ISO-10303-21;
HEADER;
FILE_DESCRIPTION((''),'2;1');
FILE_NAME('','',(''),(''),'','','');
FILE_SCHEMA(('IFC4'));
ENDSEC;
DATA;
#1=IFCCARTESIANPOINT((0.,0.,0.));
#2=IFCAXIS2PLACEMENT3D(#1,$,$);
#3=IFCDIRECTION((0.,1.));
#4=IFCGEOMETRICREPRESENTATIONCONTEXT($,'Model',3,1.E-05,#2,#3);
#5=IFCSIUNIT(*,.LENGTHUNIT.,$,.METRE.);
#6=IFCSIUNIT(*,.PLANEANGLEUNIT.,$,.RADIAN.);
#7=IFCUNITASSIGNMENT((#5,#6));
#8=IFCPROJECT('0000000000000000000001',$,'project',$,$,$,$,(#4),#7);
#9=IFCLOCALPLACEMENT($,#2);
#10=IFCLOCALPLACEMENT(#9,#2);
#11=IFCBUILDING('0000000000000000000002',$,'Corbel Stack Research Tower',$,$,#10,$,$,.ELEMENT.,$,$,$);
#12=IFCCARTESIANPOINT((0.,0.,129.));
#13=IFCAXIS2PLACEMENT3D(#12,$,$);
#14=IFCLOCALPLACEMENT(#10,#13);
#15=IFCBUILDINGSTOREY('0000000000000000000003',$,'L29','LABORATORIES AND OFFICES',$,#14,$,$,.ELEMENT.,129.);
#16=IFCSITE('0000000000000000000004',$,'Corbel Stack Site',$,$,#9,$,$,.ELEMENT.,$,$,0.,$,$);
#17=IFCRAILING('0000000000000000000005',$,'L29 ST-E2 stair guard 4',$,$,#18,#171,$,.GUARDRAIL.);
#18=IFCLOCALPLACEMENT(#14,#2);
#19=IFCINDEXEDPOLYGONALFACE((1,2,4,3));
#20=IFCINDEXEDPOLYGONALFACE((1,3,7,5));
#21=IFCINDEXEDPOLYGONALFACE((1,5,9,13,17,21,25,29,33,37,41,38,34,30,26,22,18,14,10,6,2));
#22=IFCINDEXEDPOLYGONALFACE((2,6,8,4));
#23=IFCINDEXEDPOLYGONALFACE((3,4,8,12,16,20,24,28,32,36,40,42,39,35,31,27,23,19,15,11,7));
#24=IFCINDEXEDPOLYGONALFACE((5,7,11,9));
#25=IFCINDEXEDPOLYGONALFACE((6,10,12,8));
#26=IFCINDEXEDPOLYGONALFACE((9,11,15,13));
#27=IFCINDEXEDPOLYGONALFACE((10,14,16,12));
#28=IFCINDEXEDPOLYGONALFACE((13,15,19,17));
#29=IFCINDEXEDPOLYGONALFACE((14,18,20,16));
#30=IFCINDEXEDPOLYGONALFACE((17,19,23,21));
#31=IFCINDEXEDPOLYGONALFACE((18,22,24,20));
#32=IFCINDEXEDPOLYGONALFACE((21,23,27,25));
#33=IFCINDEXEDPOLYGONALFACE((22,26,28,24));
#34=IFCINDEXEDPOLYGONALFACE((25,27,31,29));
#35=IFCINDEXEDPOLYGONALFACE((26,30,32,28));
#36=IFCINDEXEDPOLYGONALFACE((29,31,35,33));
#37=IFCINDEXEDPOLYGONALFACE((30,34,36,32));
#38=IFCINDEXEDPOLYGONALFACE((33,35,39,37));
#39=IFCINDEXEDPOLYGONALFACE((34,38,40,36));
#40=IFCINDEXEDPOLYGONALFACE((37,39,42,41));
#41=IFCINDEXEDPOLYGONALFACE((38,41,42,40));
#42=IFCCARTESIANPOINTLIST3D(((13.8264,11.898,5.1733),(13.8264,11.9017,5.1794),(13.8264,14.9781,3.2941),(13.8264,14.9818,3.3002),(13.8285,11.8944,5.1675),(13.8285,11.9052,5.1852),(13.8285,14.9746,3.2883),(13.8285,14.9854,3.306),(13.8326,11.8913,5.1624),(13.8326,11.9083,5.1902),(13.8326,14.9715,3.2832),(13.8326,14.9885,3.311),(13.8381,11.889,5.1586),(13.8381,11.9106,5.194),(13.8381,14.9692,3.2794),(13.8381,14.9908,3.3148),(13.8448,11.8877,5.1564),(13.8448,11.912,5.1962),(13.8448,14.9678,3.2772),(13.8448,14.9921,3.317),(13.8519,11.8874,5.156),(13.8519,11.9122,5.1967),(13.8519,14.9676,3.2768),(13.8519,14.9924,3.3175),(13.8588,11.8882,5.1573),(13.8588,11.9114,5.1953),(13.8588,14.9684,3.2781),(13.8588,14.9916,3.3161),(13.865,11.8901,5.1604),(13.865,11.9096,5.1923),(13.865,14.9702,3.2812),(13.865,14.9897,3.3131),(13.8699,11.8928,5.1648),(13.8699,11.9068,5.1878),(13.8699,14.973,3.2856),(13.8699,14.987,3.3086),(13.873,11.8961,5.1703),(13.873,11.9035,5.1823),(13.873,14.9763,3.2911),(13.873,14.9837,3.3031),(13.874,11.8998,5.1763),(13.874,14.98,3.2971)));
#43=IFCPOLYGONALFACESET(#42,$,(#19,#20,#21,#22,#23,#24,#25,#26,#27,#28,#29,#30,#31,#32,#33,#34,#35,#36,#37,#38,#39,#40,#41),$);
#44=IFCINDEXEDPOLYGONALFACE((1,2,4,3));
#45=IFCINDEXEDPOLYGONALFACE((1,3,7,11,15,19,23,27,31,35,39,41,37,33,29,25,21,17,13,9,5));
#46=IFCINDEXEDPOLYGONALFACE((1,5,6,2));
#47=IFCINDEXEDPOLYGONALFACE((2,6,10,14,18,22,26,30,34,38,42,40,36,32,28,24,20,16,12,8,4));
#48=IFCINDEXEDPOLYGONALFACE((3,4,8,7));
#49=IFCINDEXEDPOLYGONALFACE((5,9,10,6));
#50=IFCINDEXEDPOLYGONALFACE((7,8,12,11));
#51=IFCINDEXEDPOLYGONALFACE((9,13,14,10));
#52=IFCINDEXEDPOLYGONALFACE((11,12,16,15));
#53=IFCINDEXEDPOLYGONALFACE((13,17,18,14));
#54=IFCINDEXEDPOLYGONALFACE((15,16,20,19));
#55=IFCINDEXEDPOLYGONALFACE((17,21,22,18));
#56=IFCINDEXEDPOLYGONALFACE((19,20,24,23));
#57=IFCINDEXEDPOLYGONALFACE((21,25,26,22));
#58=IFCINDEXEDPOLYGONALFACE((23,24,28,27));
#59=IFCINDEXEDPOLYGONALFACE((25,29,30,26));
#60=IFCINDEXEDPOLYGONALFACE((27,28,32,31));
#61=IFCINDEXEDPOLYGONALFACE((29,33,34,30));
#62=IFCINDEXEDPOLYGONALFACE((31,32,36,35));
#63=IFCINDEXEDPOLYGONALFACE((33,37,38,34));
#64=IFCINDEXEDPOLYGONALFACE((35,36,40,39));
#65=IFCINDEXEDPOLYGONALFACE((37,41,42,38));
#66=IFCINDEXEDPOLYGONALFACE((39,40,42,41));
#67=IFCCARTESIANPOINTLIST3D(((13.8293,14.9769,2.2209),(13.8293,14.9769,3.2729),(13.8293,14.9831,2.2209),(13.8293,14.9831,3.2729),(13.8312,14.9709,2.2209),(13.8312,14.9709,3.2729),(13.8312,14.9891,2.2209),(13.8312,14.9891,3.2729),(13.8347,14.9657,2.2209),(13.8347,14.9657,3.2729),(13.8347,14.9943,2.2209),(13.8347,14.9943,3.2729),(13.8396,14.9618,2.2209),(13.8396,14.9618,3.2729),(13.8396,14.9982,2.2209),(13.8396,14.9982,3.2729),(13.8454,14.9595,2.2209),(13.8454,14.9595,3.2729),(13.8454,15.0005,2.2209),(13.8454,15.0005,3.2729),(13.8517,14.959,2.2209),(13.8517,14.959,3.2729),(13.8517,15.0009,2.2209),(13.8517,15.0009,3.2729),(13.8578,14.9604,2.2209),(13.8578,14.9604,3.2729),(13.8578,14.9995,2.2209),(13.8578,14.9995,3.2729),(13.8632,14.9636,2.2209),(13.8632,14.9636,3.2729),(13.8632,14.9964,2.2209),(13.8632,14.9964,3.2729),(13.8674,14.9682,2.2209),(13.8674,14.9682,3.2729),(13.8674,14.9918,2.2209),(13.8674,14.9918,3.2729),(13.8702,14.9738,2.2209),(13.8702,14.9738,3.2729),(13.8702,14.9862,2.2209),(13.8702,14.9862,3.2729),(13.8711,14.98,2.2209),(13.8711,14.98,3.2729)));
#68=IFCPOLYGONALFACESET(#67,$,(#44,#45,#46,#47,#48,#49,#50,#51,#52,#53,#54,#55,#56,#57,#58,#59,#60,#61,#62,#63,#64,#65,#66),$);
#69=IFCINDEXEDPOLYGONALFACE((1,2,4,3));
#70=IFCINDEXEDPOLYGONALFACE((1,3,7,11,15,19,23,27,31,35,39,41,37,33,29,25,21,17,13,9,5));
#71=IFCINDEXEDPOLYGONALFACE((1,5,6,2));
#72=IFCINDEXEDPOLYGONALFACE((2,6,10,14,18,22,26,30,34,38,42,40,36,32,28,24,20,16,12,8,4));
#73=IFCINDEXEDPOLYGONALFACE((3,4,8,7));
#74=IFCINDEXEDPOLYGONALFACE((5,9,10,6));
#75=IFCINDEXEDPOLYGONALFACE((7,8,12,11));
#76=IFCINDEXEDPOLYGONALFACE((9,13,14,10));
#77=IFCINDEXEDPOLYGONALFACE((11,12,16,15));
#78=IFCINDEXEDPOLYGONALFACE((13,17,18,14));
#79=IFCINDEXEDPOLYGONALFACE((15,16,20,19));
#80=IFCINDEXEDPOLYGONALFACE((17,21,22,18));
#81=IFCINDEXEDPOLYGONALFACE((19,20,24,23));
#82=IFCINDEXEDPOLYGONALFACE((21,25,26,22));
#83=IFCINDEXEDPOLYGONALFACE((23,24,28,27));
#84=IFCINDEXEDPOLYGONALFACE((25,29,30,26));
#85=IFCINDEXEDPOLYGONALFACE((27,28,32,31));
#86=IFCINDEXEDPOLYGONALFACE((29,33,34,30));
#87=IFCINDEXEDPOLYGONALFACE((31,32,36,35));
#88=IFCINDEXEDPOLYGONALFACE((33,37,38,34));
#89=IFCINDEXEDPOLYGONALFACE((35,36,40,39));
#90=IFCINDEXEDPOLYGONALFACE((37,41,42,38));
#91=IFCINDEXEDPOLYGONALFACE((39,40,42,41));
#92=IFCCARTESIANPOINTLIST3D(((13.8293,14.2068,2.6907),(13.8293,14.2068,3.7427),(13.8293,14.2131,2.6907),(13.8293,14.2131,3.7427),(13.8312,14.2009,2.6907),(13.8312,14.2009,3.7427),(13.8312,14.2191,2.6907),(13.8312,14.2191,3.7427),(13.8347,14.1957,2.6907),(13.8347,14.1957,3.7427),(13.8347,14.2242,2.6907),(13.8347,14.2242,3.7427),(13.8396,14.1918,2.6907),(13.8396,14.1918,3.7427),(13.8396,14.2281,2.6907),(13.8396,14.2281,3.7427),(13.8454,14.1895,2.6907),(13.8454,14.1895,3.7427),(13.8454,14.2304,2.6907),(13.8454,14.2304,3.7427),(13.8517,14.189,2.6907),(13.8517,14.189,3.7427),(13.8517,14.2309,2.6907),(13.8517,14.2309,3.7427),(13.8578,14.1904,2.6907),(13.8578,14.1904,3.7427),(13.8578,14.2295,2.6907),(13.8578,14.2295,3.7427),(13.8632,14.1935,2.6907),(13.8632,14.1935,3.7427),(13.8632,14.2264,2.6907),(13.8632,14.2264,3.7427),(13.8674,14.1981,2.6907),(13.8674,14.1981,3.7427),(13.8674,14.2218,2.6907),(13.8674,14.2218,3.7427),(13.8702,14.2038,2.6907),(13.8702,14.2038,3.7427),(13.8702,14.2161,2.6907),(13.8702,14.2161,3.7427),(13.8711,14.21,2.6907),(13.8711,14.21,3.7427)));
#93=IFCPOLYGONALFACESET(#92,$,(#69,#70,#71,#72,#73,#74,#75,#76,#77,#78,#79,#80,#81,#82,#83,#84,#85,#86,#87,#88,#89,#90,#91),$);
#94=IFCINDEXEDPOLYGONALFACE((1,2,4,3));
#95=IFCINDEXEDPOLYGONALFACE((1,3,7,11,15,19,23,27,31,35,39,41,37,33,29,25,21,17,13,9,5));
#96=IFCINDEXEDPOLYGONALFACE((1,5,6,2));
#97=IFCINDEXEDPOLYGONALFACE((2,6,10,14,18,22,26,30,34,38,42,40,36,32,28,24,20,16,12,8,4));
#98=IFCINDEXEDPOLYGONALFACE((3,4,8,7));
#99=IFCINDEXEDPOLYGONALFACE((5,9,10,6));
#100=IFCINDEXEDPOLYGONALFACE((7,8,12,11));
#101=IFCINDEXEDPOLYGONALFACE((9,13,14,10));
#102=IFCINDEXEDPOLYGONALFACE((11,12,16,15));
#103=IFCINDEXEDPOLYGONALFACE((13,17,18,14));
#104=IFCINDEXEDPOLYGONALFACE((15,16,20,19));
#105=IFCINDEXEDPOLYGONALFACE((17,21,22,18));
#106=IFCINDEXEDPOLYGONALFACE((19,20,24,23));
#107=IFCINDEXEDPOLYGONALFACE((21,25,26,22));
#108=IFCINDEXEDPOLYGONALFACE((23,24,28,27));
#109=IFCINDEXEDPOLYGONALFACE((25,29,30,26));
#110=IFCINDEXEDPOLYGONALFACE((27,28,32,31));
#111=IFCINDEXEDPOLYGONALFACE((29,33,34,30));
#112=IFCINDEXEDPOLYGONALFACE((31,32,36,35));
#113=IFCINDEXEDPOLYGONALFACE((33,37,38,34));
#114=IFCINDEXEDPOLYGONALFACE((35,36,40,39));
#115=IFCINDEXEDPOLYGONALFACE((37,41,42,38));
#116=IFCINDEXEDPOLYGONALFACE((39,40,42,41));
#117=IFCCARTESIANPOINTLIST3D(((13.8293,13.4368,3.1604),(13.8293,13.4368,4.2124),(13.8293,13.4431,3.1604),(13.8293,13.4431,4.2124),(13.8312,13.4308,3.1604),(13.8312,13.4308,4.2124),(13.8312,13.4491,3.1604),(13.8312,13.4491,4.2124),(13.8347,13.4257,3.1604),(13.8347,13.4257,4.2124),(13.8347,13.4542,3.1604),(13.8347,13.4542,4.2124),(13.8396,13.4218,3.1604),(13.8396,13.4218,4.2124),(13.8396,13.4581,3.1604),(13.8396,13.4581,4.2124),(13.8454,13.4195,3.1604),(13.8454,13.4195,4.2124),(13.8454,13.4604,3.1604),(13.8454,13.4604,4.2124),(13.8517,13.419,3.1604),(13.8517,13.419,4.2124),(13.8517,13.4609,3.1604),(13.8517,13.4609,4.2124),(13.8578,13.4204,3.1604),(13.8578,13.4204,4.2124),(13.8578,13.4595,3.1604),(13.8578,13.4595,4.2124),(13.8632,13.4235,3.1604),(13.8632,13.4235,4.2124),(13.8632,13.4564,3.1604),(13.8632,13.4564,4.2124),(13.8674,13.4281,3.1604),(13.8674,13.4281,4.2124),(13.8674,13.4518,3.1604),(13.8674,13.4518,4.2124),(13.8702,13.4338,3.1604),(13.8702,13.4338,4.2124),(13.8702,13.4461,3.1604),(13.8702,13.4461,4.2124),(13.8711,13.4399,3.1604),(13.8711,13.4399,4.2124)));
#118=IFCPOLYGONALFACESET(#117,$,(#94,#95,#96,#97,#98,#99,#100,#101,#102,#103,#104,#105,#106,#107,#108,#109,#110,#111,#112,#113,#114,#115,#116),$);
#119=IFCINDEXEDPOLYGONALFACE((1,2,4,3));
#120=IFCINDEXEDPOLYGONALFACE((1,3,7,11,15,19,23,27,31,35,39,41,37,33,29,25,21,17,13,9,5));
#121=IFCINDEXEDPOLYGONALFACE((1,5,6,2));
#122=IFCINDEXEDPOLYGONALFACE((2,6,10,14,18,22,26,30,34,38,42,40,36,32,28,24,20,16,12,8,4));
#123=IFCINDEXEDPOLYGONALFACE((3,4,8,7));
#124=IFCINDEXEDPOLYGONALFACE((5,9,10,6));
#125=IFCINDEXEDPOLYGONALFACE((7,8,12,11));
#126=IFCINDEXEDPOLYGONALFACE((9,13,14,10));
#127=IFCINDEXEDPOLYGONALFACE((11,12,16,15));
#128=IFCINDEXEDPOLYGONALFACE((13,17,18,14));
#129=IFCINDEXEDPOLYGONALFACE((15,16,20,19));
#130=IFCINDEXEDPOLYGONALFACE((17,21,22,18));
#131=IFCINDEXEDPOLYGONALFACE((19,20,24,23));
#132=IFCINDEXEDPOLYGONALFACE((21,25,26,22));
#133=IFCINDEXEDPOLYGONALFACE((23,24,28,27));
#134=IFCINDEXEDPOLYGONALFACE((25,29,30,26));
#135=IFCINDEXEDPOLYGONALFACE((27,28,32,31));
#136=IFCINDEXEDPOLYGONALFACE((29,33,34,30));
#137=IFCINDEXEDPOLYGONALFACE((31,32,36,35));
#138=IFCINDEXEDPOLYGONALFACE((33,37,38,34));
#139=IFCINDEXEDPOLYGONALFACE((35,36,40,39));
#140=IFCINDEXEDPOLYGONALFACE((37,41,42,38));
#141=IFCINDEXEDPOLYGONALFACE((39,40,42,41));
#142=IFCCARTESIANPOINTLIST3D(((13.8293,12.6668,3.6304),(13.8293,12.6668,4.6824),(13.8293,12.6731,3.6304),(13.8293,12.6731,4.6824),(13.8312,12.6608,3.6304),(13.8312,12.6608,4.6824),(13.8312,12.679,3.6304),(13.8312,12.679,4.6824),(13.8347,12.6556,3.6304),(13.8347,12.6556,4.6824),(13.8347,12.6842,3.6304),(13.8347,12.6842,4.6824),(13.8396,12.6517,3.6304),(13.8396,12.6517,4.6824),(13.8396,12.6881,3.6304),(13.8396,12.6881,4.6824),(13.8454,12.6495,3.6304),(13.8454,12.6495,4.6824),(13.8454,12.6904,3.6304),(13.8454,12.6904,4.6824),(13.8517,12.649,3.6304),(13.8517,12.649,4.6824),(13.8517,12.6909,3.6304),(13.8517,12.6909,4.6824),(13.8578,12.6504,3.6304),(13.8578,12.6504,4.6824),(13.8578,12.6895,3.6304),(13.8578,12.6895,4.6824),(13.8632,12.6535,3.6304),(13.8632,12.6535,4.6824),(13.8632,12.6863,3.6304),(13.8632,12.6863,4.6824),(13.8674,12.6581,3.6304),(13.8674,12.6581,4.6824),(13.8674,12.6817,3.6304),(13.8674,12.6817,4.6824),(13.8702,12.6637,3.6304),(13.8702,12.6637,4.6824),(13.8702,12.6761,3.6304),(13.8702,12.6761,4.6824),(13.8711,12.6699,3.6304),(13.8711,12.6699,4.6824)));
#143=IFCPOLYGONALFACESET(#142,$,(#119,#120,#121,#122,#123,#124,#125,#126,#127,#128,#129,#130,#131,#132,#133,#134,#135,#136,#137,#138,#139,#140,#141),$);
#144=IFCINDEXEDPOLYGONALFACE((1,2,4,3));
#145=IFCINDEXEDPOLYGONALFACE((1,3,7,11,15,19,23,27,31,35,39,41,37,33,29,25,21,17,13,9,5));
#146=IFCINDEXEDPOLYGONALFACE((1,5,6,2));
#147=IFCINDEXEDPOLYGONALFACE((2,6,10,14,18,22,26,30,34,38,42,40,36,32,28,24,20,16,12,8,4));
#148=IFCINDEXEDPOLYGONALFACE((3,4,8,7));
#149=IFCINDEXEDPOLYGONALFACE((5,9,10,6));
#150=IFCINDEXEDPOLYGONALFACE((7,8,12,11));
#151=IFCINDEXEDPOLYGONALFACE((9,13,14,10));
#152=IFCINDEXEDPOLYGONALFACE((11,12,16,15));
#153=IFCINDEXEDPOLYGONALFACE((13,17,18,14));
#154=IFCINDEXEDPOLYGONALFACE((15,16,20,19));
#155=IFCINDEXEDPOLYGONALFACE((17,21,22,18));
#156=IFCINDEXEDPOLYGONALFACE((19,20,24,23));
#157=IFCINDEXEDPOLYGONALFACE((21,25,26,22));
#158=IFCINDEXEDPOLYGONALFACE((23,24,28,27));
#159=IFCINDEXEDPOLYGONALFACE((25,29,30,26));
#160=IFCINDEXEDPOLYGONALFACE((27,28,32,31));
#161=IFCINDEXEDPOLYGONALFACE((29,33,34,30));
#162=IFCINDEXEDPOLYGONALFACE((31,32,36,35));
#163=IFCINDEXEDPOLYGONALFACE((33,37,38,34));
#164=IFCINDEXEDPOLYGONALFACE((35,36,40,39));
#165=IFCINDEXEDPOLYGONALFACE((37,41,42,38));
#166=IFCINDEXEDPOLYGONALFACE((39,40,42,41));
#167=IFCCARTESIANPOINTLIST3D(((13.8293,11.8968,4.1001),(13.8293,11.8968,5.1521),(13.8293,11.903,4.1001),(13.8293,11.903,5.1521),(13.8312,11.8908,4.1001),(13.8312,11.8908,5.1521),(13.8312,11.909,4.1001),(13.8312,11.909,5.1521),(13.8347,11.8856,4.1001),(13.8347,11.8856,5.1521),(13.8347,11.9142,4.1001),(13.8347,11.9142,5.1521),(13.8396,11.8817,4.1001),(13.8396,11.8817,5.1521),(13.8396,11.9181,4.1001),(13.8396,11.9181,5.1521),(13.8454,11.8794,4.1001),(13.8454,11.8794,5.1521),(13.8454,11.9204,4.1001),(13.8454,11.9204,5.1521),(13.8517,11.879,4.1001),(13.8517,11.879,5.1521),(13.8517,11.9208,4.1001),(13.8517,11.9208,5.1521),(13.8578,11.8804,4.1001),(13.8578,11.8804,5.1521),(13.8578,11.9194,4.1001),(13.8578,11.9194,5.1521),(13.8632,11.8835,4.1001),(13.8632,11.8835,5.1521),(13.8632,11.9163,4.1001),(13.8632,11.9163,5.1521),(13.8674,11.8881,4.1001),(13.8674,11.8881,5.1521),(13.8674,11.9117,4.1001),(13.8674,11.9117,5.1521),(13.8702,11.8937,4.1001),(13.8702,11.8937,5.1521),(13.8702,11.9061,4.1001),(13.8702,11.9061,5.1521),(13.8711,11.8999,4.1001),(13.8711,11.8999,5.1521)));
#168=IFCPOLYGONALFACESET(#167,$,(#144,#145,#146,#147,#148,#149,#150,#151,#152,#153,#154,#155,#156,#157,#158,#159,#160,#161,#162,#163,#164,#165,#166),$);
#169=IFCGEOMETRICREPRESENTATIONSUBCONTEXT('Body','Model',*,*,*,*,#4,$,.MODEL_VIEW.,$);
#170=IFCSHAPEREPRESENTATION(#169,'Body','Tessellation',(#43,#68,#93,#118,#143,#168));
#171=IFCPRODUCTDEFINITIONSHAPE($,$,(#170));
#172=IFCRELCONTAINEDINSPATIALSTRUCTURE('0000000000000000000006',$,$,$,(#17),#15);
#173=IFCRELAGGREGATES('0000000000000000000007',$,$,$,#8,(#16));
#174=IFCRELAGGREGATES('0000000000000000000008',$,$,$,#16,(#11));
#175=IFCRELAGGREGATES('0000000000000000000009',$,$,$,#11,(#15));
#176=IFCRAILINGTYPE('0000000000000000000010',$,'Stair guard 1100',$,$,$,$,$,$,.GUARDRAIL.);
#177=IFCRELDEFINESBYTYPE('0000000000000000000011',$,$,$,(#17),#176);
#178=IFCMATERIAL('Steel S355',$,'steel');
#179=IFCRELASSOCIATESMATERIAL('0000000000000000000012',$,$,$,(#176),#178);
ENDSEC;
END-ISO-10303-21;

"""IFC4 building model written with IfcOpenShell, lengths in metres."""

from ifc_helpers import new_model, si_unit, direction, frame, origin, origin_2d, place, context, subcontext, project, spatial, circle, extrude, material, type_object, element, save


model = new_model("IFC4")

# Units and contexts
model_context = context("Model", 3, precision=1e-05, world=origin(), true_north=direction((0.0, 1.0)))
body_context = subcontext(model_context, "Body", "Model", "MODEL_VIEW")
ifc_project = project(units=[si_unit("LENGTHUNIT", "METRE"), si_unit("PLANEANGLEUNIT", "RADIAN")], contexts=[model_context])

# Site, building, storey
site_placement = place(None, origin())
site = spatial("IfcSite", under=ifc_project, at=site_placement, Name="Corbel Stack Site", CompositionType="ELEMENT", RefElevation=0.0)
building_placement = place(site_placement, origin())
building = spatial("IfcBuilding", under=site, at=building_placement, Name="Corbel Stack Research Tower", CompositionType="ELEMENT")
storey_placement = place(building_placement, frame((0.0, 0.0, 129.0)))
storey = spatial("IfcBuildingStorey", under=building, at=storey_placement, Name="L29", Description="LABORATORIES AND OFFICES", CompositionType="ELEMENT", Elevation=129.0)

# Railing
ifc_material_1 = material(Name="Steel S355", Category="steel")
railing_type_1 = type_object("IfcRailingType", Name="Stair guard 1100", PredefinedType="GUARDRAIL", material=ifc_material_1)
railing_1_placement = place(storey_placement, frame((13.8501, 14.98, 2.2209)))
element("IfcRailing", 1, at=railing_1_placement, inside=storey, type_object=railing_type_1, Name="L29 ST-E2 stair guard 4", PredefinedType="GUARDRAIL", context=body_context, shape_type="SweptSolid", body=[
    extrude(circle(Radius=0.0239, at=origin_2d()), frame((0.0, 0.0, 1.0762), z_axis=(0.0, -0.853666, 0.52082), x_axis=(1.0, 0.0, 0.0)), (0.0, 0.0, 1.0), 3.6082),
    extrude(circle(Radius=0.021, at=origin_2d()), origin(), (0.0, 0.0, 1.0), 1.052),
    extrude(circle(Radius=0.021, at=origin_2d()), frame((0.0, -0.77, 0.4697)), (0.0, 0.0, 1.0), 1.052),
    extrude(circle(Radius=0.021, at=origin_2d()), frame((0.0, -1.54, 0.9395)), (0.0, 0.0, 1.0), 1.052),
    extrude(circle(Radius=0.021, at=origin_2d()), frame((0.0, -2.3101, 1.4094)), (0.0, 0.0, 1.0), 1.052),
    extrude(circle(Radius=0.021, at=origin_2d()), frame((0.0, -3.0801, 1.8792)), (0.0, 0.0, 1.0), 1.052),
])

save(model, "model.ifc")
